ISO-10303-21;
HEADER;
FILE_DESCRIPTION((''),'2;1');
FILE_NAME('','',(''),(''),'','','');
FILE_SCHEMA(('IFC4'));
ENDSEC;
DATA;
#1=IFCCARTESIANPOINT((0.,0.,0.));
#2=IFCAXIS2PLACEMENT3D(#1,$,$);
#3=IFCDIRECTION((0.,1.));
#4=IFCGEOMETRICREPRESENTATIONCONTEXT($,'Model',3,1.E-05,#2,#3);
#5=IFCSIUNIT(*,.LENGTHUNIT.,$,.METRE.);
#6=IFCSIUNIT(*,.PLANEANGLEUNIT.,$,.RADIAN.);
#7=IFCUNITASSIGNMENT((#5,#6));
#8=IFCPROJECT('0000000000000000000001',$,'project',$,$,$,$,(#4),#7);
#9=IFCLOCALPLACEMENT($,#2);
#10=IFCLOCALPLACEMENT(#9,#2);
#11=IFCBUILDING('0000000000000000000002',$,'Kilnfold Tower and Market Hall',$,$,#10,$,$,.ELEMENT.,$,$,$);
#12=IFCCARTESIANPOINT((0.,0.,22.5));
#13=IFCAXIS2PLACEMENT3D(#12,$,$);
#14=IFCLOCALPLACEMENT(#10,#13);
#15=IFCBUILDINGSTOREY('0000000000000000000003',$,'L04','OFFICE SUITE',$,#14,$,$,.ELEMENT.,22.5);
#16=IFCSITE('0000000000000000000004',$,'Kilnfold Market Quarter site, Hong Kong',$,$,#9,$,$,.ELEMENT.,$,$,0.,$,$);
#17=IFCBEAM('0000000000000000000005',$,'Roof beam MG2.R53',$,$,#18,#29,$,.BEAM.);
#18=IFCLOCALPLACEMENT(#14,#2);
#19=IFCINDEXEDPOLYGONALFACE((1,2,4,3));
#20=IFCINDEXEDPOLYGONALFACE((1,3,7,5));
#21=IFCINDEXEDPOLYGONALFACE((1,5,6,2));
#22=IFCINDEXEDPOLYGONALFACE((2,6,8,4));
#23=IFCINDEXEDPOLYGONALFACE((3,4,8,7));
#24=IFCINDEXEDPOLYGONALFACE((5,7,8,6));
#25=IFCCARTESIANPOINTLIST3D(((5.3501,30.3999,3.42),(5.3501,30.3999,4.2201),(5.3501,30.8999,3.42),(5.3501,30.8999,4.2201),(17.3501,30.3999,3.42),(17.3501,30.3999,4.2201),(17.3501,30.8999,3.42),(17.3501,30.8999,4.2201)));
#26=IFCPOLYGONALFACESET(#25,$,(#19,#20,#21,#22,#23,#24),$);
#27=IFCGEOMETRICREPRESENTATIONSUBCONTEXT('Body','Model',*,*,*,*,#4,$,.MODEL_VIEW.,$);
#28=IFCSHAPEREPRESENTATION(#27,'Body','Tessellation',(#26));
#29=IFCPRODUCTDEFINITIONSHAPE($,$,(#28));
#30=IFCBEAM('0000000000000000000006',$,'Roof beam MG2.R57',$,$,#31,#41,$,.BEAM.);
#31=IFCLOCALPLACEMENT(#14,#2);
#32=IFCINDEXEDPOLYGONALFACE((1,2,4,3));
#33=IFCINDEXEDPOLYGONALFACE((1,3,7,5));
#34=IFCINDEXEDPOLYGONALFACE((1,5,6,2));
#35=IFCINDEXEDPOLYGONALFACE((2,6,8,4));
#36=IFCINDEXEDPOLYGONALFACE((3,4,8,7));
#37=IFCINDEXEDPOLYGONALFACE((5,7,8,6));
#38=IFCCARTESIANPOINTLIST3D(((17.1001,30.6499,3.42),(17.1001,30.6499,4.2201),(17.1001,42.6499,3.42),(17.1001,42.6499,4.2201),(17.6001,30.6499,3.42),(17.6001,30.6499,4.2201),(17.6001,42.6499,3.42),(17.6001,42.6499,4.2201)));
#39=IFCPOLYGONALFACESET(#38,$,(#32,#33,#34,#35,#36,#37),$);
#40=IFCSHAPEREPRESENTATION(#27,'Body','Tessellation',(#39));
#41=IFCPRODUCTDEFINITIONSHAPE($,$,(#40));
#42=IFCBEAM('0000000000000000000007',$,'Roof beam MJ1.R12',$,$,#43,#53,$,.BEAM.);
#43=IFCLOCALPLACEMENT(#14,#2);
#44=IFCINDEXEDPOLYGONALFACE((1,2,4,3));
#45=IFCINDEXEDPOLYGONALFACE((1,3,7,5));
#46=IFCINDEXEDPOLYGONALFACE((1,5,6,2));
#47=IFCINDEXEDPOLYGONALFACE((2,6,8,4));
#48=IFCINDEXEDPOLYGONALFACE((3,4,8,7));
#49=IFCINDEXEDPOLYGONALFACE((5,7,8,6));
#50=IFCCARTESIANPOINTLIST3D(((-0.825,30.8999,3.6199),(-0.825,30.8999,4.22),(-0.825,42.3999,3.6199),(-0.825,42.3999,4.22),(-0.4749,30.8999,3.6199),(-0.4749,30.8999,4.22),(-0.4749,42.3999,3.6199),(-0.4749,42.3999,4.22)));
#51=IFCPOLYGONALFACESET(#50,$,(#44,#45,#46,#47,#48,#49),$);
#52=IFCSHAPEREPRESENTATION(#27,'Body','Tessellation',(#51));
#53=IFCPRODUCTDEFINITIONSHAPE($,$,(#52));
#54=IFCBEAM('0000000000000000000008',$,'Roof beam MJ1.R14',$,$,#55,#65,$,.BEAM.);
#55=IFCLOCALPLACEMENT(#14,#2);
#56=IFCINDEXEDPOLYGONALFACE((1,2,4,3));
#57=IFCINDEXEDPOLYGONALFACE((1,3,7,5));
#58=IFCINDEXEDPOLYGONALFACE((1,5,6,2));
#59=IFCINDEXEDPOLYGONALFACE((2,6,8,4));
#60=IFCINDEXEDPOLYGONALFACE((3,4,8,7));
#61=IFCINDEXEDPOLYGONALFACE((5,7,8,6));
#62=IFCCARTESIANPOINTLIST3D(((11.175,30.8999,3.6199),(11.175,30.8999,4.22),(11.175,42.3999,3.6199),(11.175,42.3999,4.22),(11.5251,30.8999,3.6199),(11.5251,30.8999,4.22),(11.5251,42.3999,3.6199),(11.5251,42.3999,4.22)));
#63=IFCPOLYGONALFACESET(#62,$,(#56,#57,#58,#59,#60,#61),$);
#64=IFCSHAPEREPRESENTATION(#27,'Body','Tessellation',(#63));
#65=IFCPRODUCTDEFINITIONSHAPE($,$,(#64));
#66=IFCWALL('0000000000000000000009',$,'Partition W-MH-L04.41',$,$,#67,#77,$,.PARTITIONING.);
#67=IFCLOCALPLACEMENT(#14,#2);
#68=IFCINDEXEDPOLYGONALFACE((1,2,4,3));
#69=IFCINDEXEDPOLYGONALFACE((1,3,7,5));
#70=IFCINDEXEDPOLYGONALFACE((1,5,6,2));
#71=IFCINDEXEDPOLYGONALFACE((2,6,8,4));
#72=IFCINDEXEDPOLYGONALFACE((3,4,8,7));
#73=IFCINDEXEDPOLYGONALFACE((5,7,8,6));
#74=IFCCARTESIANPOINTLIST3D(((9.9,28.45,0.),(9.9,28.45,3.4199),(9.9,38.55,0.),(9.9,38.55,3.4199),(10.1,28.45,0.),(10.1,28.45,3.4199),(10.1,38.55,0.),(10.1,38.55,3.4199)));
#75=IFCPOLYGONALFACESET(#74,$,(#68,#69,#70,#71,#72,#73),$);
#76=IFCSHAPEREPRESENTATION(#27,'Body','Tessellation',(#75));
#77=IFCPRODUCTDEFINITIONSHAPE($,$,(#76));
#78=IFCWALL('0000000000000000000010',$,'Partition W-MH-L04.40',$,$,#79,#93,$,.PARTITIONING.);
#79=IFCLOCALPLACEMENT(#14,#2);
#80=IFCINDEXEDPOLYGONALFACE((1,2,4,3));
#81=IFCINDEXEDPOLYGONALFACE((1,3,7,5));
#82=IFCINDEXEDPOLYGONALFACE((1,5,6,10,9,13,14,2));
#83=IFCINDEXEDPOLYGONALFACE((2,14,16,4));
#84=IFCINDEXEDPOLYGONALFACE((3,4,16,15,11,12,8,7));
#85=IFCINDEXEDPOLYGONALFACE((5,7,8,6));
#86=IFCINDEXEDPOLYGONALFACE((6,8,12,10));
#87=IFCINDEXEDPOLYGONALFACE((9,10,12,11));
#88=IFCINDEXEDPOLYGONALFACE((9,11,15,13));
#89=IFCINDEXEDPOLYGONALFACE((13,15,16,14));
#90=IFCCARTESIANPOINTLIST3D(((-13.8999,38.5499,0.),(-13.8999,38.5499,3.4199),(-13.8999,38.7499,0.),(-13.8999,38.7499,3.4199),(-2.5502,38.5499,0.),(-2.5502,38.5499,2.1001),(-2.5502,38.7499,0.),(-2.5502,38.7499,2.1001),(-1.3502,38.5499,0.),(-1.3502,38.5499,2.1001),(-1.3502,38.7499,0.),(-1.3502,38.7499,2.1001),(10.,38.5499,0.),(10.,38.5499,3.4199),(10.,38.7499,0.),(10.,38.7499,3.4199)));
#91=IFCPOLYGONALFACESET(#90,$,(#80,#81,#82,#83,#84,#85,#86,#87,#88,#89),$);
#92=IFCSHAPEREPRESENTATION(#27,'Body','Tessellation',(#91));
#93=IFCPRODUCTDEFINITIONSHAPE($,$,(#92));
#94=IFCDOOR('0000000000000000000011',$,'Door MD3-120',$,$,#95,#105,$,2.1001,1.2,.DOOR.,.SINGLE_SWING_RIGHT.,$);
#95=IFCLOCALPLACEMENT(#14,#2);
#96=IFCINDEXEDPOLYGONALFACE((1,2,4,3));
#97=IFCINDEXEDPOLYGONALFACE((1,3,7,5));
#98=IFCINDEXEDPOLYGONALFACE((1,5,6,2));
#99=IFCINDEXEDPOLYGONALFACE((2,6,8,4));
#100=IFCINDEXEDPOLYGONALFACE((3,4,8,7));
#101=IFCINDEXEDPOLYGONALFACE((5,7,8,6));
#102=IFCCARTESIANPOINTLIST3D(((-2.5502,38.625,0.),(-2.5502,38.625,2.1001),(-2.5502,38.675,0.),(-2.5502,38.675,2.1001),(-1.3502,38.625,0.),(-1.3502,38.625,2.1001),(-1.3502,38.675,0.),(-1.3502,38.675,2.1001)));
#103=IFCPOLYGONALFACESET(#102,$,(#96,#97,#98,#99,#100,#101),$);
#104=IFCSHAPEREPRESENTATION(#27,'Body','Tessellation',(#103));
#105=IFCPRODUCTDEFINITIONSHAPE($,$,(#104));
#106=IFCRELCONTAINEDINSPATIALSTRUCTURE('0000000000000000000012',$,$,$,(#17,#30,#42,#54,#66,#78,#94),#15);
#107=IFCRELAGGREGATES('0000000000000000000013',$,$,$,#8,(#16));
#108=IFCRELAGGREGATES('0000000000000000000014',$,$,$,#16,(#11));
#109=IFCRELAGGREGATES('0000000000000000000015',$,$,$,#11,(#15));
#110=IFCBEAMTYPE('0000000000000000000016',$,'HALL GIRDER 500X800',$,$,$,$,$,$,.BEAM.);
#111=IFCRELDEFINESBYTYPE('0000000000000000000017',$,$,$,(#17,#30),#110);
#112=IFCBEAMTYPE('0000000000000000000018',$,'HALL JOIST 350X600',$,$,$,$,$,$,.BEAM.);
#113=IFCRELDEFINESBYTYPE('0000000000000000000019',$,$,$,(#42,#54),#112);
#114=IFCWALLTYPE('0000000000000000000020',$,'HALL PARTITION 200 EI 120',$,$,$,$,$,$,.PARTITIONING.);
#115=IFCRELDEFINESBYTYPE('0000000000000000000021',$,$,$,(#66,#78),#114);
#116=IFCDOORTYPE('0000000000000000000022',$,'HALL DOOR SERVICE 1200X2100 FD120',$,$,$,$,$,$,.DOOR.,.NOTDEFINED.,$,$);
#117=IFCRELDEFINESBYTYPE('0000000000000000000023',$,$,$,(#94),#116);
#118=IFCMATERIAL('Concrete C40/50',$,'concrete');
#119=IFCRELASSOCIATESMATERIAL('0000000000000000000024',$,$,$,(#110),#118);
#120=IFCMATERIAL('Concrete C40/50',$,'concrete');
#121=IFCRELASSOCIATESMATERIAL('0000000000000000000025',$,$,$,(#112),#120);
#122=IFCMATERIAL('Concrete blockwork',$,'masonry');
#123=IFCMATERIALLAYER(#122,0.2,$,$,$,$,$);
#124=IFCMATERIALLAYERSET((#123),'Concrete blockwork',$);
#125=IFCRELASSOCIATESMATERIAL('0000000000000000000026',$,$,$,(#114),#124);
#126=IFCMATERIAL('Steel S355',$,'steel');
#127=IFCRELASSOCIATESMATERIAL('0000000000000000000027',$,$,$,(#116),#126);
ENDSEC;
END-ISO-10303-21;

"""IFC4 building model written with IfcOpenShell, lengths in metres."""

from ifc_helpers import new_model, si_unit, direction, frame, frame_2d, origin, origin_2d, place, context, subcontext, project, spatial, rectangle, extrude, source, transform, mapped, material, layer, layer_set, material_profile, profile_set, type_object, element, fill, save


model = new_model("IFC4")

# Units and contexts
model_context = context("Model", 3, precision=1e-05, world=origin(), true_north=direction((0.0, 1.0)))
body_context = subcontext(model_context, "Body", "Model", "MODEL_VIEW")
ifc_project = project(units=[si_unit("LENGTHUNIT", "METRE"), si_unit("PLANEANGLEUNIT", "RADIAN")], contexts=[model_context])

# Site, building, storey
site_placement = place(None, origin())
site = spatial("IfcSite", under=ifc_project, at=site_placement, Name="Kilnfold Market Quarter site, Hong Kong", CompositionType="ELEMENT", RefElevation=0.0)
building_placement = place(site_placement, origin())
building = spatial("IfcBuilding", under=site, at=building_placement, Name="Kilnfold Tower and Market Hall", CompositionType="ELEMENT")
storey_placement = place(building_placement, frame((0.0, 0.0, 22.5)))
storey = spatial("IfcBuildingStorey", under=building, at=storey_placement, Name="L04", Description="OFFICE SUITE", CompositionType="ELEMENT", Elevation=22.5)

# Beams
ifc_material_1 = material(Name="Concrete C40/50", Category="concrete")
ifc_material_profile_1 = material_profile(ifc_material_1, rectangle(XDim=0.5, YDim=0.8, at=origin_2d()), Name="RC 500x800")
ifc_profile_set_1 = profile_set([ifc_material_profile_1], Name="Concrete C40/50")
beam_type_1 = type_object("IfcBeamType", Name="HALL GIRDER 500X800", PredefinedType="BEAM", material=ifc_profile_set_1)
for number, where, z_axis, x_axis, name in (
    (1, (5.3501, 30.6499, 3.8201), (1.0, 0.0, 0.0), (0.0, 1.0, 0.0), "Roof beam MG2.R53"),
    (2, (17.3501, 30.6499, 3.8201), (0.0, 1.0, 0.0), (-1.0, 0.0, 0.0), "Roof beam MG2.R57"),
):
    element("IfcBeam", number, at=place(storey_placement, frame(where, z_axis=z_axis, x_axis=x_axis)), inside=storey, type_object=beam_type_1, Name=name, PredefinedType="BEAM", context=body_context, shape_type="SweptSolid", body=[
        extrude(rectangle(XDim=0.5, YDim=0.8, at=origin_2d()), origin(), (0.0, 0.0, 1.0), 12.0),
    ])
ifc_material_2 = material(Name="Concrete C40/50", Category="concrete")
ifc_material_profile_2 = material_profile(ifc_material_2, rectangle(XDim=0.3501, YDim=0.6001, at=origin_2d()), Name="RC 350x600")
ifc_profile_set_2 = profile_set([ifc_material_profile_2], Name="Concrete C40/50")
beam_type_2 = type_object("IfcBeamType", Name="HALL JOIST 350X600", PredefinedType="BEAM", material=ifc_profile_set_2)
for number, where, z_axis, x_axis, name in (
    (3, (-0.6499, 30.8999, 3.9199), (0.0, 1.0, 0.0), (-1.0, 0.0, 0.0), "Roof beam MJ1.R12"),
    (4, (11.3501, 30.8999, 3.9199), (0.0, 1.0, 0.0), (-1.0, 0.0, 0.0), "Roof beam MJ1.R14"),
):
    element("IfcBeam", number, at=place(storey_placement, frame(where, z_axis=z_axis, x_axis=x_axis)), inside=storey, type_object=beam_type_2, Name=name, PredefinedType="BEAM", context=body_context, shape_type="SweptSolid", body=[
        extrude(rectangle(XDim=0.3501, YDim=0.6001, at=origin_2d()), origin(), (0.0, 0.0, 1.0), 11.5),
    ])

# Wall
ifc_material_3 = material(Name="Concrete blockwork", Category="masonry")
ifc_layer_1 = layer(ifc_material_3, 0.2)
ifc_layer_set_1 = layer_set([ifc_layer_1], Name="Concrete blockwork")
wall_type_1 = type_object("IfcWallType", Name="HALL PARTITION 200 EI 120", PredefinedType="PARTITIONING", material=ifc_layer_set_1)
shared_shape_1 = source(origin(), body_context, "Body", "SweptSolid", [
    extrude(rectangle(XDim=10.1001, YDim=0.2, at=frame_2d((5.05, 0.0))), origin(), (0.0, 0.0, 1.0), 3.4199),
])
wall_1_placement = place(storey_placement, frame((10.0, 38.55, 0.0), z_axis=(0.0, 0.0, 1.0), x_axis=(0.0, -1.0, 0.0)))
element("IfcWall", 5, at=wall_1_placement, inside=storey, type_object=wall_type_1, Name="Partition W-MH-L04.41", PredefinedType="PARTITIONING", context=body_context, shape_type="MappedRepresentation", body=[
    mapped(shared_shape_1, transform((0.0, 0.0, 0.0))),
])

# Wall, opening, door
shared_shape_2 = source(origin(), body_context, "Body", "SweptSolid", [
    extrude(rectangle(XDim=23.8999, YDim=0.2, at=frame_2d((11.95, 0.0))), origin(), (0.0, 0.0, 1.0), 3.4199),
])
wall_2_placement = place(storey_placement, frame((10.0, 38.6499, 0.0), z_axis=(0.0, 0.0, 1.0), x_axis=(-1.0, 0.0, 0.0)))
wall_2 = element("IfcWall", 6, at=wall_2_placement, inside=storey, type_object=wall_type_1, Name="Partition W-MH-L04.40", PredefinedType="PARTITIONING", context=body_context, shape_type="MappedRepresentation", body=[
    mapped(shared_shape_2, transform((0.0, 0.0, 0.0))),
])
opening_1_placement = place(wall_2_placement, frame((11.3501, 0.0, 0.0)))
opening_1 = element("IfcOpeningElement", 7, at=opening_1_placement, cuts=wall_2, PredefinedType="OPENING", context=body_context, shape_type="SweptSolid", body=[
    extrude(rectangle(XDim=1.2, YDim=2.1001, at=frame_2d((0.6001, 1.05))), frame((0.0, 0.1099, 0.0), z_axis=(0.0, -1.0, 0.0), x_axis=(1.0, 0.0, 0.0)), (0.0, 0.0, 1.0), 0.22),
])
ifc_material_4 = material(Name="Steel S355", Category="steel")
door_type_1 = type_object("IfcDoorType", Name="HALL DOOR SERVICE 1200X2100 FD120", OperationType="NOTDEFINED", PredefinedType="DOOR", material=ifc_material_4)
door_1_placement = place(opening_1_placement, origin())
door_1 = element("IfcDoor", 8, at=door_1_placement, inside=storey, type_object=door_type_1, Name="Door MD3-120", OperationType="SINGLE_SWING_RIGHT", OverallHeight=2.1001, OverallWidth=1.2, PredefinedType="DOOR", context=body_context, shape_type="SweptSolid", body=[
    extrude(rectangle(XDim=1.2, YDim=2.1001, at=frame_2d((0.6001, 1.05))), frame((0.0, 0.0249, 0.0), z_axis=(0.0, -1.0, 0.0), x_axis=(1.0, 0.0, 0.0)), (0.0, 0.0, 1.0), 0.05),
])
fill(opening_1, door_1)

save(model, "model.ifc")
